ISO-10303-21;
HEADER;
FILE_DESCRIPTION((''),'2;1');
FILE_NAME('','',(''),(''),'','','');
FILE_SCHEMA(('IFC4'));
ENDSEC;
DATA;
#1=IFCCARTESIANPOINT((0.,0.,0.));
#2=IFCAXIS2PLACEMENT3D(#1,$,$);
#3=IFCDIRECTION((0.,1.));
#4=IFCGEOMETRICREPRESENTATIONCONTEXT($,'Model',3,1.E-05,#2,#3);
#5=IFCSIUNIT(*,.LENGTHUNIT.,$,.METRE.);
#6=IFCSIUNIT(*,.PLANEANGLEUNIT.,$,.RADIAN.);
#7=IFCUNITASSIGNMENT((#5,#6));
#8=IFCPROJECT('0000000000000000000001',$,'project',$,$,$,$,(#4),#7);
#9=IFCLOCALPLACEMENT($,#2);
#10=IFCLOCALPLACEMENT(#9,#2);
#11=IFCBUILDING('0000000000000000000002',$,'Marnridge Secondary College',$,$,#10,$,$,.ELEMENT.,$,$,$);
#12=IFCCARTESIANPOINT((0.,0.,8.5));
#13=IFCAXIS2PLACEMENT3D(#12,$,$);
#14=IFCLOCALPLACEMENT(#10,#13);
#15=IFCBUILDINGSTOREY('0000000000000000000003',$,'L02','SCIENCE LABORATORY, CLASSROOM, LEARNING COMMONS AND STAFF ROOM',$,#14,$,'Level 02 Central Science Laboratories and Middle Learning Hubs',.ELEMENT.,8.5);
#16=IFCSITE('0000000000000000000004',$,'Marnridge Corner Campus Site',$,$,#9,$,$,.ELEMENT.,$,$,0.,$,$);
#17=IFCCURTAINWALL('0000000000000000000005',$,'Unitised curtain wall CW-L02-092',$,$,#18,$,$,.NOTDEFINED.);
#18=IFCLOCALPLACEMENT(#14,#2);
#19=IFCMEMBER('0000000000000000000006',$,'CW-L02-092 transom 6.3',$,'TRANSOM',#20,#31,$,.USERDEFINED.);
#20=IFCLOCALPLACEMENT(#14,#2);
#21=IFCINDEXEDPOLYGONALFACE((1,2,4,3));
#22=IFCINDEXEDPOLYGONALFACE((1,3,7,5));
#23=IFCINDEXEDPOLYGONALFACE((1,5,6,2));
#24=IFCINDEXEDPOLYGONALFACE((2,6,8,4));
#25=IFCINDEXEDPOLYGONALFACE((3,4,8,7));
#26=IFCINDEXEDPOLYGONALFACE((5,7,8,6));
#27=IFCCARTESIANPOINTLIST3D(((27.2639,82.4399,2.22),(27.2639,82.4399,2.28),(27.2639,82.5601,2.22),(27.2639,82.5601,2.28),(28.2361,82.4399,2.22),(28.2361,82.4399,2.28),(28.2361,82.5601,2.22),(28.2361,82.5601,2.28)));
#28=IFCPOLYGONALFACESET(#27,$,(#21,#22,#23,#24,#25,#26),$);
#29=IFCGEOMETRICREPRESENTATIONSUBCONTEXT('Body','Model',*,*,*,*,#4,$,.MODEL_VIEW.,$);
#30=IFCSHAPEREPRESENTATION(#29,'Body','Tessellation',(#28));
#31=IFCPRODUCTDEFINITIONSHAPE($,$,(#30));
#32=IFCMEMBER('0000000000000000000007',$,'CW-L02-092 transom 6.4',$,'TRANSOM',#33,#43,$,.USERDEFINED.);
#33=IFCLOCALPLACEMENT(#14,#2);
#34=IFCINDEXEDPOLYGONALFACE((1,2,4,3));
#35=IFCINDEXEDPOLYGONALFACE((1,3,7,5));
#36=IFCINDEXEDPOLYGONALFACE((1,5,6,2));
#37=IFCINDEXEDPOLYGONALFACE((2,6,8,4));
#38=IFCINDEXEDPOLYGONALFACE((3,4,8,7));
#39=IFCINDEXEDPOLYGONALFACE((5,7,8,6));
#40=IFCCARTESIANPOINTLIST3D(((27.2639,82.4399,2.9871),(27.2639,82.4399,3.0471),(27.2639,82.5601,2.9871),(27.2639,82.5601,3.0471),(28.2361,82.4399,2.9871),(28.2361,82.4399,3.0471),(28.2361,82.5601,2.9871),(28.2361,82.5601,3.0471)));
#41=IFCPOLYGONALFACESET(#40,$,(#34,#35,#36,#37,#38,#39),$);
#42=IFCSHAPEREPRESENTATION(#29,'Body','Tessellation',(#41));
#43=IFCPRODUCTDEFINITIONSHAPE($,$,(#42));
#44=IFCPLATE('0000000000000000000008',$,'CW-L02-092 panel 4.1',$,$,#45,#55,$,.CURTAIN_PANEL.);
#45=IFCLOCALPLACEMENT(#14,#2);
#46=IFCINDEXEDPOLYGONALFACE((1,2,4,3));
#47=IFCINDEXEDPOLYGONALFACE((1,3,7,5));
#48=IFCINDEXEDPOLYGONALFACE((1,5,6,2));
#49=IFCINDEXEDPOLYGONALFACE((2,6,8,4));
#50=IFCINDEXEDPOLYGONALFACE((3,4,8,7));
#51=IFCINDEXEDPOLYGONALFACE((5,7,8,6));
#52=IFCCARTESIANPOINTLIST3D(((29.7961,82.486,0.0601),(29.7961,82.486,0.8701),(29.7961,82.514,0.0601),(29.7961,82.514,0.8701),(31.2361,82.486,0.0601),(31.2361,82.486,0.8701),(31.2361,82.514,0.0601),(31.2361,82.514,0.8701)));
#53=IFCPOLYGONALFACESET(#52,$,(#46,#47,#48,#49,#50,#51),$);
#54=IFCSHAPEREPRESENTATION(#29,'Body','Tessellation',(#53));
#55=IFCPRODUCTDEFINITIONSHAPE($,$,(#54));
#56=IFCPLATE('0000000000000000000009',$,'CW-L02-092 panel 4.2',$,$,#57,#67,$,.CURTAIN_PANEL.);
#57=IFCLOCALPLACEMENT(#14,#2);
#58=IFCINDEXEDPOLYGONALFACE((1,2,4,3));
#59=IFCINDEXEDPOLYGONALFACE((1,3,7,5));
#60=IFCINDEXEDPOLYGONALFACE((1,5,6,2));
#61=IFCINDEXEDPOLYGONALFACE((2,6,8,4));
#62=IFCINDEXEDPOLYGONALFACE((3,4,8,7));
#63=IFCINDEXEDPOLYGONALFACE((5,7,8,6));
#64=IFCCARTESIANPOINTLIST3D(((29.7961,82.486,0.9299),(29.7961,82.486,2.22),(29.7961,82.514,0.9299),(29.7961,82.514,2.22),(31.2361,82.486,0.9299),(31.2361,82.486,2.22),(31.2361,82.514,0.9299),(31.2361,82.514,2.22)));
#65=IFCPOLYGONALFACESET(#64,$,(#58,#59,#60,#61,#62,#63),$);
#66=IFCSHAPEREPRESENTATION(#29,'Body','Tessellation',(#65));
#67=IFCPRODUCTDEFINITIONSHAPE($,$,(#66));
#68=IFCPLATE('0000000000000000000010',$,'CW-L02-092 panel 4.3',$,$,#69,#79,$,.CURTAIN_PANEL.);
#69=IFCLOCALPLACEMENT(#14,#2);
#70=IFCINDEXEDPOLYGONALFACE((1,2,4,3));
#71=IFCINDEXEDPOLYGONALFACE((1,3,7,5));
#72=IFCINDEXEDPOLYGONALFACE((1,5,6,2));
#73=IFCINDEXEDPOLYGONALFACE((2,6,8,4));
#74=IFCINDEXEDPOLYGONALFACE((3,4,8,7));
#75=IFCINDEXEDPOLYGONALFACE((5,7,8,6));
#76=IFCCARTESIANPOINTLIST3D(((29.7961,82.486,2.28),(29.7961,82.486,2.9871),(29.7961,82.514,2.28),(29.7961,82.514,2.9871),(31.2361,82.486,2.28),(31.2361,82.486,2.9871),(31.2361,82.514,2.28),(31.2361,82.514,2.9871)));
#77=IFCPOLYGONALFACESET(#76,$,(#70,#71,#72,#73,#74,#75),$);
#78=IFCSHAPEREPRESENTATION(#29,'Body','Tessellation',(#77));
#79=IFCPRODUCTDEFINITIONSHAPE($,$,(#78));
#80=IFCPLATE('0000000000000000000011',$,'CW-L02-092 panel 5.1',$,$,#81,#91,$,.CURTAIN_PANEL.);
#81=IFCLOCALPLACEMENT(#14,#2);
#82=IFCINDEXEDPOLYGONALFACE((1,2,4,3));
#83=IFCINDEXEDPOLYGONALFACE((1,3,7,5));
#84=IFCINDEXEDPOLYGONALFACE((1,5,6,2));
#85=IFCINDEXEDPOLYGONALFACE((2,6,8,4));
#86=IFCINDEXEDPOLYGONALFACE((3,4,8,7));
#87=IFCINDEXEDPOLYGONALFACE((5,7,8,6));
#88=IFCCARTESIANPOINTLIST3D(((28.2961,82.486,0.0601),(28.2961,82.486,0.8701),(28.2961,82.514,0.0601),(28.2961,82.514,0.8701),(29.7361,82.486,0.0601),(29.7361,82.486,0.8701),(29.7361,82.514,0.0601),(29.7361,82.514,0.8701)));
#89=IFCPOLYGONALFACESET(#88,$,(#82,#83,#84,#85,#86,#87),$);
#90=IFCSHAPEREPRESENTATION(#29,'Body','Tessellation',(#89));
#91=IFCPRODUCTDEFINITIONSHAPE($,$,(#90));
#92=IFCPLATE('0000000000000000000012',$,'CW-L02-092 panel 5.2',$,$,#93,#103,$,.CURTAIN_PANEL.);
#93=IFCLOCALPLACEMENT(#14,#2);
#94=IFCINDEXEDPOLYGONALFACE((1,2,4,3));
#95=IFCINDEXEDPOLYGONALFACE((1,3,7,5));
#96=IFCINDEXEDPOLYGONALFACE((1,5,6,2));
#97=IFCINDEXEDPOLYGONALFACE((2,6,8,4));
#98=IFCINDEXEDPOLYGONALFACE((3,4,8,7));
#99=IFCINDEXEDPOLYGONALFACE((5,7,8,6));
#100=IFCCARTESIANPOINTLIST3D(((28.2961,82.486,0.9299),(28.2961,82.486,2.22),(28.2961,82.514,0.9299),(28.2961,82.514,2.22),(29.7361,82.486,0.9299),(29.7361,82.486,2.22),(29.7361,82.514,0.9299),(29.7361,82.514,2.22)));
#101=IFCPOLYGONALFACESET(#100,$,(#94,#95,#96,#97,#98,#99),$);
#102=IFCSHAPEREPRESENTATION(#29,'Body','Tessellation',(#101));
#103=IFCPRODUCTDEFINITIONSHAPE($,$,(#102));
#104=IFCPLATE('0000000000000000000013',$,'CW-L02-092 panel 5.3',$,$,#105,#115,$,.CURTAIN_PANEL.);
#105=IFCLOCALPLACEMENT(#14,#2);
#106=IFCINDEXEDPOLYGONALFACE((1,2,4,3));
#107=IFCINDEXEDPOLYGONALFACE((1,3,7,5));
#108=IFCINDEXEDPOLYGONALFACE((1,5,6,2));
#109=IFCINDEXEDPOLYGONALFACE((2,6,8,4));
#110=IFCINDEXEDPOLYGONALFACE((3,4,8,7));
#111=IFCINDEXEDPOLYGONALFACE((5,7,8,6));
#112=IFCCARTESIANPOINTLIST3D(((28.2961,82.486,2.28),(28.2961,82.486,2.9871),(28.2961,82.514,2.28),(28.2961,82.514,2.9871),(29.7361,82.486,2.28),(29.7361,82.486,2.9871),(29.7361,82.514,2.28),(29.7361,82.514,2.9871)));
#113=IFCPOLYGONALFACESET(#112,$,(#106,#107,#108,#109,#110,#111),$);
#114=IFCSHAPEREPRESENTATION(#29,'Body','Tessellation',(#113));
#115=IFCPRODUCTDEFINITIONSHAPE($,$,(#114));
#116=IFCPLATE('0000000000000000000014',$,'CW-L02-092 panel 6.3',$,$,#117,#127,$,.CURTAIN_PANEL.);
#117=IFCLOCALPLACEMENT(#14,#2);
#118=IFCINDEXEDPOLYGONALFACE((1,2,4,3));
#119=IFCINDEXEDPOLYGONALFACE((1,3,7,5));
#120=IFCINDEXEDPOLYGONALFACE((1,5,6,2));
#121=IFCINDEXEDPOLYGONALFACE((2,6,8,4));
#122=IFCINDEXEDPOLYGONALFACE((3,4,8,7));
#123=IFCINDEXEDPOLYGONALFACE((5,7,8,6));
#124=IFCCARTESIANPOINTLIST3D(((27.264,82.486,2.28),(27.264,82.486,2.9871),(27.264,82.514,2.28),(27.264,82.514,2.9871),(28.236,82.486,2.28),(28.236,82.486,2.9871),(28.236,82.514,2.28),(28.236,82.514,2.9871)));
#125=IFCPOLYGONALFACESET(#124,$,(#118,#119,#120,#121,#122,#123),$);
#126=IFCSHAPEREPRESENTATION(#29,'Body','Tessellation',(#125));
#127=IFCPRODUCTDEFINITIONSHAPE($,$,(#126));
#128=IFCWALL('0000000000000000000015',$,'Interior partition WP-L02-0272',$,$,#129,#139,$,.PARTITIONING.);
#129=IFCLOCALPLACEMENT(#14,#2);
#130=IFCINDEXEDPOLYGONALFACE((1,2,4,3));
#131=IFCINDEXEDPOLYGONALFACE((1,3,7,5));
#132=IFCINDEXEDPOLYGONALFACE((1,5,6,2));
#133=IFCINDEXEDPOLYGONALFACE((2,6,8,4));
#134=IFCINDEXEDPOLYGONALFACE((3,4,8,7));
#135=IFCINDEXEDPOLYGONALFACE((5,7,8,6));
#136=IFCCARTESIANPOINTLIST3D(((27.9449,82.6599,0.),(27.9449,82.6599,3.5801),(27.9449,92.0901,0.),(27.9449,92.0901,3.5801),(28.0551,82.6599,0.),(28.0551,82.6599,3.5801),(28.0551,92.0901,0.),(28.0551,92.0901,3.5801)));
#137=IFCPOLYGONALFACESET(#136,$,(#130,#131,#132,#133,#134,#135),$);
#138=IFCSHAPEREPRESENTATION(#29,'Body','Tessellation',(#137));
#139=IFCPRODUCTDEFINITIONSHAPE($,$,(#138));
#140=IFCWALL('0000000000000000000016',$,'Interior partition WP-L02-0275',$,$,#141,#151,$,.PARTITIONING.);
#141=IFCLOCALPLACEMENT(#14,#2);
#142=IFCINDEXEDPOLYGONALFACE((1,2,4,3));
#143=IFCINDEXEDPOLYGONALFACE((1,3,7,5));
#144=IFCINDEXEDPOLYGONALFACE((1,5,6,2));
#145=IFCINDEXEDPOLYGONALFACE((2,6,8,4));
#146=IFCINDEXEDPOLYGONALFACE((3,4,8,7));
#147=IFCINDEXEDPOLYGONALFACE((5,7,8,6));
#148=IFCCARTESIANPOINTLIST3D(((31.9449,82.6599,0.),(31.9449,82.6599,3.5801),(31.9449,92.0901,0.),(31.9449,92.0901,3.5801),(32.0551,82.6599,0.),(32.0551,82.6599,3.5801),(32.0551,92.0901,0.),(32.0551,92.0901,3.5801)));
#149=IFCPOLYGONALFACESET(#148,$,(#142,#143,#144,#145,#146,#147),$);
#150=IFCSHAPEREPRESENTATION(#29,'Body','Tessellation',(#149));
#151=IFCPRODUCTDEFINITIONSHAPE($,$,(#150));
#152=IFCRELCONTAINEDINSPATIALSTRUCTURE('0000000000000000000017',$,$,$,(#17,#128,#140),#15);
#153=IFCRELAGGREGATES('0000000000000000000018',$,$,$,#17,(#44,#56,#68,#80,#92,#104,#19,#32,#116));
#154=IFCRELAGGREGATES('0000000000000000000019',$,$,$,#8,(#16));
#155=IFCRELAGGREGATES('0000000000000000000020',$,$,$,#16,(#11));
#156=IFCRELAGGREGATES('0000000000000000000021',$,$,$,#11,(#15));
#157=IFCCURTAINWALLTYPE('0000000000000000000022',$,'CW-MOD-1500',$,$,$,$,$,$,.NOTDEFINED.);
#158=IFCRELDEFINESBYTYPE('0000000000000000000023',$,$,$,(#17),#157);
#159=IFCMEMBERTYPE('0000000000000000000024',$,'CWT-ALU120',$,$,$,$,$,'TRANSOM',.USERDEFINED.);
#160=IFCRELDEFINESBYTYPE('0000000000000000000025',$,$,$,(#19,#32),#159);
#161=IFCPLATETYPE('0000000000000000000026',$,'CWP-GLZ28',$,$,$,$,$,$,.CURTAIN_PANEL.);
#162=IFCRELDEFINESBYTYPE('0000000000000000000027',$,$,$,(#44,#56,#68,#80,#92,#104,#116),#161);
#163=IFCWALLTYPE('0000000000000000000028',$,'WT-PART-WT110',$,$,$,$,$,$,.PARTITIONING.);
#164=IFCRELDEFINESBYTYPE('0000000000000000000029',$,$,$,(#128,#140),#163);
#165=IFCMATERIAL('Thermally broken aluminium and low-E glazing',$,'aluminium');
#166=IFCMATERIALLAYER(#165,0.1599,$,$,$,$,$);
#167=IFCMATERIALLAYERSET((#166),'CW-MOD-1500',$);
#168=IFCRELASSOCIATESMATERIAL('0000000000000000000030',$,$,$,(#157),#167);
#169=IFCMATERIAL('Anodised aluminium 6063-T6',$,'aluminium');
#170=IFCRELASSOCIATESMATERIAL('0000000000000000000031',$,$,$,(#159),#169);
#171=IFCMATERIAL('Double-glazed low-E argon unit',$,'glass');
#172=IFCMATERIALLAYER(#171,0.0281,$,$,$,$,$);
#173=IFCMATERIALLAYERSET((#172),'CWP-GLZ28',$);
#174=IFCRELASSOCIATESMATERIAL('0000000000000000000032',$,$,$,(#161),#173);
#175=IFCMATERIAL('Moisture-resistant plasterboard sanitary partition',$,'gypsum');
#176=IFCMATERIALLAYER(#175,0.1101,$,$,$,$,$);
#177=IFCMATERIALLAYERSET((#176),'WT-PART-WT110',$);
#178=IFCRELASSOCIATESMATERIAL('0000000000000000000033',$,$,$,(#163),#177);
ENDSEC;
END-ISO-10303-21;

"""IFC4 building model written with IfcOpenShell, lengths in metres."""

from ifc_helpers import new_model, si_unit, direction, frame, frame_2d, origin, origin_2d, place, context, subcontext, project, spatial, rectangle, extrude, material, layer, layer_set, material_profile, profile_set, type_object, element, aggregate, save


model = new_model("IFC4")

# Units and contexts
model_context = context("Model", 3, precision=1e-05, world=origin(), true_north=direction((0.0, 1.0)))
body_context = subcontext(model_context, "Body", "Model", "MODEL_VIEW")
ifc_project = project(units=[si_unit("LENGTHUNIT", "METRE"), si_unit("PLANEANGLEUNIT", "RADIAN")], contexts=[model_context])

# Site, building, storey
site_placement = place(None, origin())
site = spatial("IfcSite", under=ifc_project, at=site_placement, Name="Marnridge Corner Campus Site", CompositionType="ELEMENT", RefElevation=0.0)
building_placement = place(site_placement, origin())
building = spatial("IfcBuilding", under=site, at=building_placement, Name="Marnridge Secondary College", CompositionType="ELEMENT")
storey_placement = place(building_placement, frame((0.0, 0.0, 8.5)))
storey = spatial("IfcBuildingStorey", under=building, at=storey_placement, Name="L02", Description="SCIENCE LABORATORY, CLASSROOM, LEARNING COMMONS AND STAFF ROOM", LongName="Level 02 Central Science Laboratories and Middle Learning Hubs", CompositionType="ELEMENT", Elevation=8.5)

# Curtain wall, members, plates
ifc_material_1 = material(Name="Thermally broken aluminium and low-E glazing", Category="aluminium")
ifc_layer_1 = layer(ifc_material_1, 0.1599)
ifc_layer_set_1 = layer_set([ifc_layer_1], Name="CW-MOD-1500")
curtain_wall_type = type_object("IfcCurtainWallType", Name="CW-MOD-1500", PredefinedType="NOTDEFINED", material=ifc_layer_set_1)
curtain_wall_placement = place(storey_placement, origin())
curtain_wall = element("IfcCurtainWall", 1, at=curtain_wall_placement, inside=storey, type_object=curtain_wall_type, Name="Unitised curtain wall CW-L02-092", PredefinedType="NOTDEFINED")
ifc_material_2 = material(Name="Anodised aluminium 6063-T6", Category="aluminium")
ifc_material_profile_1 = material_profile(ifc_material_2, rectangle(XDim=0.0601, YDim=0.1201, at=origin_2d()), Name="ALU 60x120")
ifc_profile_set_1 = profile_set([ifc_material_profile_1], Name="Anodised aluminium 6063-T6")
member_type_1 = type_object("IfcMemberType", Name="CWT-ALU120", ElementType="TRANSOM", PredefinedType="USERDEFINED", material=ifc_profile_set_1)
member_1_placement = place(storey_placement, frame((28.2361, 82.5, 2.25), z_axis=(-1.0, 0.0, 0.0), x_axis=(0.0, 0.0, 1.0)))
member_1 = element("IfcMember", 2, at=member_1_placement, type_object=member_type_1, Name="CW-L02-092 transom 6.3", ObjectType="TRANSOM", PredefinedType="USERDEFINED", context=body_context, shape_type="SweptSolid", body=[
    extrude(rectangle(XDim=0.0601, YDim=0.1201, at=origin_2d()), origin(), (0.0, 0.0, 1.0), 0.9722),
])
member_2_placement = place(storey_placement, frame((28.2361, 82.5, 3.0171), z_axis=(-1.0, 0.0, 0.0), x_axis=(0.0, 0.0, 1.0)))
member_2 = element("IfcMember", 3, at=member_2_placement, type_object=member_type_1, Name="CW-L02-092 transom 6.4", ObjectType="TRANSOM", PredefinedType="USERDEFINED", context=body_context, shape_type="SweptSolid", body=[
    extrude(rectangle(XDim=0.0601, YDim=0.1201, at=origin_2d()), origin(), (0.0, 0.0, 1.0), 0.9722),
])
ifc_material_3 = material(Name="Double-glazed low-E argon unit", Category="glass")
ifc_layer_2 = layer(ifc_material_3, 0.0281)
ifc_layer_set_2 = layer_set([ifc_layer_2], Name="CWP-GLZ28")
plate_type = type_object("IfcPlateType", Name="CWP-GLZ28", PredefinedType="CURTAIN_PANEL", material=ifc_layer_set_2)
plate_1_placement = place(storey_placement, frame((30.5161, 82.5, 0.0601), z_axis=(0.0, 0.0, 1.0), x_axis=(-1.0, 0.0, 0.0)))
plate_1 = element("IfcPlate", 4, at=plate_1_placement, type_object=plate_type, Name="CW-L02-092 panel 4.1", PredefinedType="CURTAIN_PANEL", context=body_context, shape_type="SweptSolid", body=[
    extrude(rectangle(XDim=1.4399, YDim=0.0281, at=origin_2d()), origin(), (0.0, 0.0, 1.0), 0.8101),
])
plate_2_placement = place(storey_placement, frame((30.5161, 82.5, 0.9299), z_axis=(0.0, 0.0, 1.0), x_axis=(-1.0, 0.0, 0.0)))
plate_2 = element("IfcPlate", 5, at=plate_2_placement, type_object=plate_type, Name="CW-L02-092 panel 4.2", PredefinedType="CURTAIN_PANEL", context=body_context, shape_type="SweptSolid", body=[
    extrude(rectangle(XDim=1.4399, YDim=0.0281, at=origin_2d()), origin(), (0.0, 0.0, 1.0), 1.29),
])
plate_3_placement = place(storey_placement, frame((30.5161, 82.5, 2.28), z_axis=(0.0, 0.0, 1.0), x_axis=(-1.0, 0.0, 0.0)))
plate_3 = element("IfcPlate", 6, at=plate_3_placement, type_object=plate_type, Name="CW-L02-092 panel 4.3", PredefinedType="CURTAIN_PANEL", context=body_context, shape_type="SweptSolid", body=[
    extrude(rectangle(XDim=1.4399, YDim=0.0281, at=origin_2d()), origin(), (0.0, 0.0, 1.0), 0.707),
])
plate_4_placement = place(storey_placement, frame((29.0161, 82.5, 0.0601), z_axis=(0.0, 0.0, 1.0), x_axis=(-1.0, 0.0, 0.0)))
plate_4 = element("IfcPlate", 7, at=plate_4_placement, type_object=plate_type, Name="CW-L02-092 panel 5.1", PredefinedType="CURTAIN_PANEL", context=body_context, shape_type="SweptSolid", body=[
    extrude(rectangle(XDim=1.4399, YDim=0.0281, at=origin_2d()), origin(), (0.0, 0.0, 1.0), 0.8101),
])
plate_5_placement = place(storey_placement, frame((29.0161, 82.5, 0.9299), z_axis=(0.0, 0.0, 1.0), x_axis=(-1.0, 0.0, 0.0)))
plate_5 = element("IfcPlate", 8, at=plate_5_placement, type_object=plate_type, Name="CW-L02-092 panel 5.2", PredefinedType="CURTAIN_PANEL", context=body_context, shape_type="SweptSolid", body=[
    extrude(rectangle(XDim=1.4399, YDim=0.0281, at=origin_2d()), origin(), (0.0, 0.0, 1.0), 1.29),
])
plate_6_placement = place(storey_placement, frame((29.0161, 82.5, 2.28), z_axis=(0.0, 0.0, 1.0), x_axis=(-1.0, 0.0, 0.0)))
plate_6 = element("IfcPlate", 9, at=plate_6_placement, type_object=plate_type, Name="CW-L02-092 panel 5.3", PredefinedType="CURTAIN_PANEL", context=body_context, shape_type="SweptSolid", body=[
    extrude(rectangle(XDim=1.4399, YDim=0.0281, at=origin_2d()), origin(), (0.0, 0.0, 1.0), 0.707),
])
plate_7_placement = place(storey_placement, frame((27.75, 82.5, 2.28), z_axis=(0.0, 0.0, 1.0), x_axis=(-1.0, 0.0, 0.0)))
plate_7 = element("IfcPlate", 10, at=plate_7_placement, type_object=plate_type, Name="CW-L02-092 panel 6.3", PredefinedType="CURTAIN_PANEL", context=body_context, shape_type="SweptSolid", body=[
    extrude(rectangle(XDim=0.9719, YDim=0.0281, at=origin_2d()), origin(), (0.0, 0.0, 1.0), 0.707),
])
aggregate(curtain_wall, [plate_1, plate_2, plate_3, plate_4, plate_5, plate_6, member_1, member_2, plate_7])

# Walls
ifc_material_4 = material(Name="Moisture-resistant plasterboard sanitary partition", Category="gypsum")
ifc_layer_3 = layer(ifc_material_4, 0.1101)
ifc_layer_set_3 = layer_set([ifc_layer_3], Name="WT-PART-WT110")
wall_type = type_object("IfcWallType", Name="WT-PART-WT110", PredefinedType="PARTITIONING", material=ifc_layer_set_3)
for number, where, z_axis, x_axis, name in (
    (11, (28.0, 82.6599, 0.0), (0.0, 0.0, 1.0), (0.0, 1.0, 0.0), "Interior partition WP-L02-0272"),
    (12, (32.0, 82.6599, 0.0), (0.0, 0.0, 1.0), (0.0, 1.0, 0.0), "Interior partition WP-L02-0275"),
):
    element("IfcWall", number, at=place(storey_placement, frame(where, z_axis=z_axis, x_axis=x_axis)), inside=storey, type_object=wall_type, Name=name, PredefinedType="PARTITIONING", context=body_context, shape_type="SweptSolid", body=[
        extrude(rectangle(XDim=9.4302, YDim=0.1101, at=frame_2d((4.7151, 0.0))), origin(), (0.0, 0.0, 1.0), 3.5801),
    ])

save(model, "model.ifc")
